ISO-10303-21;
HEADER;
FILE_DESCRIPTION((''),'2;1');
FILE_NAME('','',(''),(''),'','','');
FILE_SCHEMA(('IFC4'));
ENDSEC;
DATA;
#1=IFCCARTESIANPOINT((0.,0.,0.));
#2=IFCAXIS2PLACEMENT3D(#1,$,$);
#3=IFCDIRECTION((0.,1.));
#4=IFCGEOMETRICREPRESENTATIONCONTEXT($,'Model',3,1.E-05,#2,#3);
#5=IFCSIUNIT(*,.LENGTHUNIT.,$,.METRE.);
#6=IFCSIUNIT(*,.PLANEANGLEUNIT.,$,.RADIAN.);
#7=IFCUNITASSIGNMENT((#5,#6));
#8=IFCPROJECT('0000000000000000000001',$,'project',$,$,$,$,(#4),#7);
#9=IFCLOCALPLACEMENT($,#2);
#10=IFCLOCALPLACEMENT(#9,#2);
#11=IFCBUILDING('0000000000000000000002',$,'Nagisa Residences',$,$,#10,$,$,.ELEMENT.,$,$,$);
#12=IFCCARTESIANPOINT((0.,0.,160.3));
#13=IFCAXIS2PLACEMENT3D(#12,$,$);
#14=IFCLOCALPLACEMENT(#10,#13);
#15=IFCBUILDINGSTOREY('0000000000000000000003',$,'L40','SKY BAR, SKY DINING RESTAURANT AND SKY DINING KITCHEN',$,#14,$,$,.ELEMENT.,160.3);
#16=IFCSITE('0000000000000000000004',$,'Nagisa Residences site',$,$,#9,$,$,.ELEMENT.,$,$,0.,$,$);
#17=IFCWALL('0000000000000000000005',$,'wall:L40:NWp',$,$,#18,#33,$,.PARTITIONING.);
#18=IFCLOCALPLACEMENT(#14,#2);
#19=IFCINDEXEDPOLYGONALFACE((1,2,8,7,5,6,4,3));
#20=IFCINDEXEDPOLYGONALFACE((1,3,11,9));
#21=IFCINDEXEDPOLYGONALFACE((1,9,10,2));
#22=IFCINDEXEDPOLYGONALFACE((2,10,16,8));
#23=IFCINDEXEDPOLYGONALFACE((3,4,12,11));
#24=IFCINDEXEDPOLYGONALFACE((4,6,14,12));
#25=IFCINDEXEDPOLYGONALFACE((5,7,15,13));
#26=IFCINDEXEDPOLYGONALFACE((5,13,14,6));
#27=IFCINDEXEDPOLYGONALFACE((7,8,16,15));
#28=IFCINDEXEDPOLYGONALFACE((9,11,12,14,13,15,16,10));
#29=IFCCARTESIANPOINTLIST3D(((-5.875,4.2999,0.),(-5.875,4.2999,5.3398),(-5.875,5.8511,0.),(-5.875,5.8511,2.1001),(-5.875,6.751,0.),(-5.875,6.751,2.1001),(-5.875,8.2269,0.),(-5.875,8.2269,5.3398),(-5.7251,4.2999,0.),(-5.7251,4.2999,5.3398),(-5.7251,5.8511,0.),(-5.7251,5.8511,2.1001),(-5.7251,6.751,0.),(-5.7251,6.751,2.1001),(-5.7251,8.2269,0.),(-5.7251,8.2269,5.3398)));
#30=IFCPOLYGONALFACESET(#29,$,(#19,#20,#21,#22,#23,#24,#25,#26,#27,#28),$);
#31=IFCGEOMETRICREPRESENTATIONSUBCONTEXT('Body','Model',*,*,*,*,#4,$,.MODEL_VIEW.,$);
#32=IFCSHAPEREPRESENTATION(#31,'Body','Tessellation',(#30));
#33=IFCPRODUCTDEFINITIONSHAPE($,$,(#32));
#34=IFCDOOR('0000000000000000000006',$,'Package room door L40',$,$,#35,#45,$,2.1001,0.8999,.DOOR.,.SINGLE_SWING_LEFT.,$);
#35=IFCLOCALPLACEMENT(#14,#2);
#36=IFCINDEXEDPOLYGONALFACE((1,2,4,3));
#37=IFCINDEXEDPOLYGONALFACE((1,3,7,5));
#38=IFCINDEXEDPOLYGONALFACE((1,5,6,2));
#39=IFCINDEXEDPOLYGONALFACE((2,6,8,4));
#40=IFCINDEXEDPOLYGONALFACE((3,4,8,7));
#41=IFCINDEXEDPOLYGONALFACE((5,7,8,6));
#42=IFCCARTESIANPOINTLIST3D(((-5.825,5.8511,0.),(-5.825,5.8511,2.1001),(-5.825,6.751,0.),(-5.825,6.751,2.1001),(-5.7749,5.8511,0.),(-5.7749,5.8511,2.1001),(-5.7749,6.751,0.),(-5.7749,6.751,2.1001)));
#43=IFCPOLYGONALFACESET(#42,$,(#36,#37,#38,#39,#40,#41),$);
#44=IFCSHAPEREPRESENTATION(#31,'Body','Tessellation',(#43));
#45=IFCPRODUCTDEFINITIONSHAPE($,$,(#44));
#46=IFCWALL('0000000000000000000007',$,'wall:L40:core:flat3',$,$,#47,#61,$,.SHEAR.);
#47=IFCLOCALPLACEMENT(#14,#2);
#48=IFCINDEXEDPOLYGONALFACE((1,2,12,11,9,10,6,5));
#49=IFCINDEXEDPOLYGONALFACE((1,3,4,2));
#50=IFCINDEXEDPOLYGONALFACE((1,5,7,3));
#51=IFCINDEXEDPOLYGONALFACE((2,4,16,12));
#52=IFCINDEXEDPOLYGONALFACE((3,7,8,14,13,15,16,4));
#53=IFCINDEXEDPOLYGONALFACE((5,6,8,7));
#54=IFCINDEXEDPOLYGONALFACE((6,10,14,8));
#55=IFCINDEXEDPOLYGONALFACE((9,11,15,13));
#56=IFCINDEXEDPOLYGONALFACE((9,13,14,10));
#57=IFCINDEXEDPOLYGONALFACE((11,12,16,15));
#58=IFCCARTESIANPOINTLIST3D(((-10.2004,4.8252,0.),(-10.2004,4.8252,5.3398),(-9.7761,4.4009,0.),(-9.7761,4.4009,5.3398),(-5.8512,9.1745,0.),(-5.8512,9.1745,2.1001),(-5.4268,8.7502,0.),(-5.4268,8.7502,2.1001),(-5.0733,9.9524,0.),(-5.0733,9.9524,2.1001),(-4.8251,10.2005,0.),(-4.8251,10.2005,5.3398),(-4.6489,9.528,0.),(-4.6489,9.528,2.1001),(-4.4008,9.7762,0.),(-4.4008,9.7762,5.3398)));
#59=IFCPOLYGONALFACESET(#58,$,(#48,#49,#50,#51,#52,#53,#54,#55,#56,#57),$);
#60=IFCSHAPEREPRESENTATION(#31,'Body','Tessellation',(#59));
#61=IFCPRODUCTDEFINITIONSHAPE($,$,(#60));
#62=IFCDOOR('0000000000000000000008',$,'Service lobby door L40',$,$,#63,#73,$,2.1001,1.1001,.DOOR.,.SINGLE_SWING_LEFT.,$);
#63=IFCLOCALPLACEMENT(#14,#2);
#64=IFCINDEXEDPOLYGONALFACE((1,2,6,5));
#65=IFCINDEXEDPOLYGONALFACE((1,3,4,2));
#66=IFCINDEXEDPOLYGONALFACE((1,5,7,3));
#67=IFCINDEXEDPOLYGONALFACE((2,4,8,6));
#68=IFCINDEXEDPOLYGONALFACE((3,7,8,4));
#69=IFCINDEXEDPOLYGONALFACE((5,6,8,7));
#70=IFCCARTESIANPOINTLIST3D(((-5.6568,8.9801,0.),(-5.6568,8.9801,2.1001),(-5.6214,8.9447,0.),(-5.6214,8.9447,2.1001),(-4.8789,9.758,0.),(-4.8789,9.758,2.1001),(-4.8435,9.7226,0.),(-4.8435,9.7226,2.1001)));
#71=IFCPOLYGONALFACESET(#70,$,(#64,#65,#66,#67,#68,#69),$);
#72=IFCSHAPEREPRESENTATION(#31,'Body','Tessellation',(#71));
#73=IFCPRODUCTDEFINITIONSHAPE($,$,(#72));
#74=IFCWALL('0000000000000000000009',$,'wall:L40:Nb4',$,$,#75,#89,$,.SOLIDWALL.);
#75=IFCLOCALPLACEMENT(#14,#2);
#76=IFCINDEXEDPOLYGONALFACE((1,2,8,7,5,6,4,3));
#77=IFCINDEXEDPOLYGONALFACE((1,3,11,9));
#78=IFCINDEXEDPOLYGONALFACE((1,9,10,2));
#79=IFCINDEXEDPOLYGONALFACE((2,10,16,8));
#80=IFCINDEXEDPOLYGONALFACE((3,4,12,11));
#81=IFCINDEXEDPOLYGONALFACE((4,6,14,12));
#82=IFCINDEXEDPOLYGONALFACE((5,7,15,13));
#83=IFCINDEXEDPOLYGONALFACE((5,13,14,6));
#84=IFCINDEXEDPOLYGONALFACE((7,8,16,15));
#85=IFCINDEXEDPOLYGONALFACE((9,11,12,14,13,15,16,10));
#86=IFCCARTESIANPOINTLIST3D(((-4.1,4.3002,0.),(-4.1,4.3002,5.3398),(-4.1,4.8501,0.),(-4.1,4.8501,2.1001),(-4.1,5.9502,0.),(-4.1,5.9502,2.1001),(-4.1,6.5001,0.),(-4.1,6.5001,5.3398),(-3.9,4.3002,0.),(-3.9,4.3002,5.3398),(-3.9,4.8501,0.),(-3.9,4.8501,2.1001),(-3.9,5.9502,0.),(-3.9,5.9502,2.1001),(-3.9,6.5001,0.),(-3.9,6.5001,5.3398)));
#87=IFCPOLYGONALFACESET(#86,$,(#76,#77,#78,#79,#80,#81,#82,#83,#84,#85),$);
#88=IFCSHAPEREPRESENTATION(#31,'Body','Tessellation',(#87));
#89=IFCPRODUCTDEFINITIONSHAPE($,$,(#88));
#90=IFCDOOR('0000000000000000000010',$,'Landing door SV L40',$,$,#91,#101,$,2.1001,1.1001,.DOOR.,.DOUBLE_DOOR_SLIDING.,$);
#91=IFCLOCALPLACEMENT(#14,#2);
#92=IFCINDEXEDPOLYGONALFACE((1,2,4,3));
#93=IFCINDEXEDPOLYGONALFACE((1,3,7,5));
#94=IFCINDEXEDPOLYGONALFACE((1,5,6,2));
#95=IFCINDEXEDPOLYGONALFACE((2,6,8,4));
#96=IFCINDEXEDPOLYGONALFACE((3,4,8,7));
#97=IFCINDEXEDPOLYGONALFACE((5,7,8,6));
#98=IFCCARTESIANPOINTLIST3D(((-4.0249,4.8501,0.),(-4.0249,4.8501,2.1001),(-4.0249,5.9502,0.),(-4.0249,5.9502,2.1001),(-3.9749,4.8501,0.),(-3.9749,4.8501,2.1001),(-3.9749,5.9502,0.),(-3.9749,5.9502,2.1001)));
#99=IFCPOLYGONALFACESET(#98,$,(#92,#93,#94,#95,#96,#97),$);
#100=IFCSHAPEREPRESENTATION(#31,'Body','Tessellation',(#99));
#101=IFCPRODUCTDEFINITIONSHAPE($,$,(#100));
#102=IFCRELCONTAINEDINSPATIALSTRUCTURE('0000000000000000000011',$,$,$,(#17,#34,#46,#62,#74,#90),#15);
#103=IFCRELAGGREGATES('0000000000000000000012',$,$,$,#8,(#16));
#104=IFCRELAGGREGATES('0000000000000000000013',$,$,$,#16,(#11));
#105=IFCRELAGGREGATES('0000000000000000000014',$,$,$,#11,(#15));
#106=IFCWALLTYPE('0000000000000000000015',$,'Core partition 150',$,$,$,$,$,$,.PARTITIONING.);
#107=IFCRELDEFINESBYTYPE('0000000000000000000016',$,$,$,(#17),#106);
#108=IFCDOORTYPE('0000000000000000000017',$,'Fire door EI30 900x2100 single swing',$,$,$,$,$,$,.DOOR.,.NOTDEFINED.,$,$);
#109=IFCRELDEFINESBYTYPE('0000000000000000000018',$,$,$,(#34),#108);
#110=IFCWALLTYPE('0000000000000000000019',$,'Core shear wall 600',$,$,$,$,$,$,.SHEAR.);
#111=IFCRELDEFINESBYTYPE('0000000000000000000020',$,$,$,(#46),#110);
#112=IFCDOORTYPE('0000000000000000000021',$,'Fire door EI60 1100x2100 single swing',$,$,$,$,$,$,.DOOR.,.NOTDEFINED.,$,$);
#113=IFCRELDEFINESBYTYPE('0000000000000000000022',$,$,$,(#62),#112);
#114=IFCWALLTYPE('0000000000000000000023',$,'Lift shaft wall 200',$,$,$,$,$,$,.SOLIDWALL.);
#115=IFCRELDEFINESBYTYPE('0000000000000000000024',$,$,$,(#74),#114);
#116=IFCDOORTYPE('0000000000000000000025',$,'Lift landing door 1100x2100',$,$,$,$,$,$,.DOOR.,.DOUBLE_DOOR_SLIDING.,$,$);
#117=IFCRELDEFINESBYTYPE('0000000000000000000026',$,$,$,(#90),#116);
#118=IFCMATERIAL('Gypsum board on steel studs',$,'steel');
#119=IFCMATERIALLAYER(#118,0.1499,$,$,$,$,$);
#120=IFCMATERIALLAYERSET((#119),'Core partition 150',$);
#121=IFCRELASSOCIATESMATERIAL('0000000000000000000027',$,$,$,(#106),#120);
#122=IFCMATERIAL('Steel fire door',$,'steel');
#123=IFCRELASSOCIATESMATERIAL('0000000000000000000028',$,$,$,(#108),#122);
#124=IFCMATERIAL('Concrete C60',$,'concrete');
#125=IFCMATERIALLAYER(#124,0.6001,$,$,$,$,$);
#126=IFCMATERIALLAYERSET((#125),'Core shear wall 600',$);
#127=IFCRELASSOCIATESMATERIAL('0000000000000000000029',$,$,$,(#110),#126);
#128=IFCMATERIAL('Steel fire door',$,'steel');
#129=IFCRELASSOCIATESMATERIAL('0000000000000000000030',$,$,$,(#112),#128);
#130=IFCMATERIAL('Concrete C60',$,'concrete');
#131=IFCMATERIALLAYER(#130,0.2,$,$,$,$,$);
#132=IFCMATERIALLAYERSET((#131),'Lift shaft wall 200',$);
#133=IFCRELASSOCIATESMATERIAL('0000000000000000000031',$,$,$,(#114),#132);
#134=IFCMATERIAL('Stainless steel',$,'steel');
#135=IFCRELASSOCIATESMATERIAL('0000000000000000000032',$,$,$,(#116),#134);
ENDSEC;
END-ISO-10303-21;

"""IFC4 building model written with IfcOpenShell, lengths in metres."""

from ifc_helpers import new_model, si_unit, direction, frame, frame_2d, origin, place, context, subcontext, project, spatial, rectangle, extrude, material, layer, layer_set, type_object, element, fill, save


model = new_model("IFC4")

# Units and contexts
model_context = context("Model", 3, precision=1e-05, world=origin(), true_north=direction((0.0, 1.0)))
body_context = subcontext(model_context, "Body", "Model", "MODEL_VIEW")
ifc_project = project(units=[si_unit("LENGTHUNIT", "METRE"), si_unit("PLANEANGLEUNIT", "RADIAN")], contexts=[model_context])

# Site, building, storey
site_placement = place(None, origin())
site = spatial("IfcSite", under=ifc_project, at=site_placement, Name="Nagisa Residences site", CompositionType="ELEMENT", RefElevation=0.0)
building_placement = place(site_placement, origin())
building = spatial("IfcBuilding", under=site, at=building_placement, Name="Nagisa Residences", CompositionType="ELEMENT")
storey_placement = place(building_placement, frame((0.0, 0.0, 160.3)))
storey = spatial("IfcBuildingStorey", under=building, at=storey_placement, Name="L40", Description="SKY BAR, SKY DINING RESTAURANT AND SKY DINING KITCHEN", CompositionType="ELEMENT", Elevation=160.3)

# Walls, openings, doors
ifc_material_1 = material(Name="Gypsum board on steel studs", Category="steel")
ifc_layer_1 = layer(ifc_material_1, 0.1499)
ifc_layer_set_1 = layer_set([ifc_layer_1], Name="Core partition 150")
wall_type_1 = type_object("IfcWallType", Name="Core partition 150", PredefinedType="PARTITIONING", material=ifc_layer_set_1)
wall_1_placement = place(storey_placement, frame((-5.8, 4.3, 0.0), z_axis=(0.0, 0.0, 1.0), x_axis=(0.0, 1.0, 0.0)))
wall_1 = element("IfcWall", 1, at=wall_1_placement, inside=storey, type_object=wall_type_1, Name="wall:L40:NWp", PredefinedType="PARTITIONING", context=body_context, shape_type="SweptSolid", body=[
    extrude(rectangle(XDim=3.927, YDim=0.1499, at=frame_2d((1.9634, 0.0))), origin(), (0.0, 0.0, 1.0), 5.3398),
])
opening_1_placement = place(wall_1_placement, frame((1.551, 0.0, 0.0)))
opening_1 = element("IfcOpeningElement", 2, at=opening_1_placement, cuts=wall_1, PredefinedType="OPENING", context=body_context, shape_type="SweptSolid", body=[
    extrude(rectangle(XDim=0.8999, YDim=2.1001, at=frame_2d((0.45, 1.05))), frame((0.0, 0.085, 0.0), z_axis=(0.0, -1.0, 0.0), x_axis=(1.0, 0.0, 0.0)), (0.0, 0.0, 1.0), 0.1699),
])
ifc_material_2 = material(Name="Steel fire door", Category="steel")
door_type_1 = type_object("IfcDoorType", Name="Fire door EI30 900x2100 single swing", OperationType="NOTDEFINED", PredefinedType="DOOR", material=ifc_material_2)
door_1_placement = place(opening_1_placement, origin())
door_1 = element("IfcDoor", 3, at=door_1_placement, inside=storey, type_object=door_type_1, Name="Package room door L40", OperationType="SINGLE_SWING_LEFT", OverallHeight=2.1001, OverallWidth=0.8999, PredefinedType="DOOR", context=body_context, shape_type="SweptSolid", body=[
    extrude(rectangle(XDim=0.8999, YDim=2.1001, at=frame_2d((0.45, 1.05))), frame((0.0, 0.0249, 0.0), z_axis=(0.0, -1.0, 0.0), x_axis=(1.0, 0.0, 0.0)), (0.0, 0.0, 1.0), 0.05),
])
fill(opening_1, door_1)
ifc_material_3 = material(Name="Concrete C60", Category="concrete")
ifc_layer_2 = layer(ifc_material_3, 0.6001)
ifc_layer_set_2 = layer_set([ifc_layer_2], Name="Core shear wall 600")
wall_type_2 = type_object("IfcWallType", Name="Core shear wall 600", PredefinedType="SHEAR", material=ifc_layer_set_2)
wall_2_placement = place(storey_placement, frame((-4.613, 9.9883, 0.0), z_axis=(0.0, 0.0, 1.0), x_axis=(-0.707107, -0.707107, 0.0)))
wall_2 = element("IfcWall", 4, at=wall_2_placement, inside=storey, type_object=wall_type_2, Name="wall:L40:core:flat3", PredefinedType="SHEAR", context=body_context, shape_type="SweptSolid", body=[
    extrude(rectangle(XDim=7.6018, YDim=0.6001, at=frame_2d((3.8008, 0.0))), origin(), (0.0, 0.0, 1.0), 5.3398),
])
opening_2_placement = place(wall_2_placement, frame((0.3508, 0.0, 0.0)))
opening_2 = element("IfcOpeningElement", 5, at=opening_2_placement, cuts=wall_2, PredefinedType="OPENING", context=body_context, shape_type="SweptSolid", body=[
    extrude(rectangle(XDim=1.1001, YDim=2.1001, at=frame_2d((0.55, 1.05))), frame((0.0, 0.3101, 0.0), z_axis=(0.0, -1.0, 0.0), x_axis=(1.0, 0.0, 0.0)), (0.0, 0.0, 1.0), 0.6201),
])
ifc_material_4 = material(Name="Steel fire door", Category="steel")
door_type_2 = type_object("IfcDoorType", Name="Fire door EI60 1100x2100 single swing", OperationType="NOTDEFINED", PredefinedType="DOOR", material=ifc_material_4)
door_2_placement = place(opening_2_placement, origin())
door_2 = element("IfcDoor", 6, at=door_2_placement, inside=storey, type_object=door_type_2, Name="Service lobby door L40", OperationType="SINGLE_SWING_LEFT", OverallHeight=2.1001, OverallWidth=1.1001, PredefinedType="DOOR", context=body_context, shape_type="SweptSolid", body=[
    extrude(rectangle(XDim=1.1001, YDim=2.1001, at=frame_2d((0.55, 1.05))), frame((0.0, 0.0249, 0.0), z_axis=(0.0, -1.0, 0.0), x_axis=(1.0, 0.0, 0.0)), (0.0, 0.0, 1.0), 0.05),
])
fill(opening_2, door_2)
ifc_material_5 = material(Name="Concrete C60", Category="concrete")
ifc_layer_3 = layer(ifc_material_5, 0.2)
ifc_layer_set_3 = layer_set([ifc_layer_3], Name="Lift shaft wall 200")
wall_type_3 = type_object("IfcWallType", Name="Lift shaft wall 200", PredefinedType="SOLIDWALL", material=ifc_layer_set_3)
wall_3_placement = place(storey_placement, frame((-4.0, 4.3, 0.0), z_axis=(0.0, 0.0, 1.0), x_axis=(0.0, 1.0, 0.0)))
wall_3 = element("IfcWall", 7, at=wall_3_placement, inside=storey, type_object=wall_type_3, Name="wall:L40:Nb4", PredefinedType="SOLIDWALL", context=body_context, shape_type="SweptSolid", body=[
    extrude(rectangle(XDim=2.2, YDim=0.2, at=frame_2d((1.1001, 0.0))), origin(), (0.0, 0.0, 1.0), 5.3398),
])
opening_3_placement = place(wall_3_placement, frame((0.55, 0.0, 0.0)))
opening_3 = element("IfcOpeningElement", 8, at=opening_3_placement, cuts=wall_3, PredefinedType="OPENING", context=body_context, shape_type="SweptSolid", body=[
    extrude(rectangle(XDim=1.1001, YDim=2.1001, at=frame_2d((0.55, 1.05))), frame((0.0, 0.1099, 0.0), z_axis=(0.0, -1.0, 0.0), x_axis=(1.0, 0.0, 0.0)), (0.0, 0.0, 1.0), 0.22),
])
ifc_material_6 = material(Name="Stainless steel", Category="steel")
door_type_3 = type_object("IfcDoorType", Name="Lift landing door 1100x2100", OperationType="DOUBLE_DOOR_SLIDING", PredefinedType="DOOR", material=ifc_material_6)
door_3_placement = place(opening_3_placement, origin())
door_3 = element("IfcDoor", 9, at=door_3_placement, inside=storey, type_object=door_type_3, Name="Landing door SV L40", OperationType="DOUBLE_DOOR_SLIDING", OverallHeight=2.1001, OverallWidth=1.1001, PredefinedType="DOOR", context=body_context, shape_type="SweptSolid", body=[
    extrude(rectangle(XDim=1.1001, YDim=2.1001, at=frame_2d((0.55, 1.05))), frame((0.0, 0.0249, 0.0), z_axis=(0.0, -1.0, 0.0), x_axis=(1.0, 0.0, 0.0)), (0.0, 0.0, 1.0), 0.05),
])
fill(opening_3, door_3)

save(model, "model.ifc")
